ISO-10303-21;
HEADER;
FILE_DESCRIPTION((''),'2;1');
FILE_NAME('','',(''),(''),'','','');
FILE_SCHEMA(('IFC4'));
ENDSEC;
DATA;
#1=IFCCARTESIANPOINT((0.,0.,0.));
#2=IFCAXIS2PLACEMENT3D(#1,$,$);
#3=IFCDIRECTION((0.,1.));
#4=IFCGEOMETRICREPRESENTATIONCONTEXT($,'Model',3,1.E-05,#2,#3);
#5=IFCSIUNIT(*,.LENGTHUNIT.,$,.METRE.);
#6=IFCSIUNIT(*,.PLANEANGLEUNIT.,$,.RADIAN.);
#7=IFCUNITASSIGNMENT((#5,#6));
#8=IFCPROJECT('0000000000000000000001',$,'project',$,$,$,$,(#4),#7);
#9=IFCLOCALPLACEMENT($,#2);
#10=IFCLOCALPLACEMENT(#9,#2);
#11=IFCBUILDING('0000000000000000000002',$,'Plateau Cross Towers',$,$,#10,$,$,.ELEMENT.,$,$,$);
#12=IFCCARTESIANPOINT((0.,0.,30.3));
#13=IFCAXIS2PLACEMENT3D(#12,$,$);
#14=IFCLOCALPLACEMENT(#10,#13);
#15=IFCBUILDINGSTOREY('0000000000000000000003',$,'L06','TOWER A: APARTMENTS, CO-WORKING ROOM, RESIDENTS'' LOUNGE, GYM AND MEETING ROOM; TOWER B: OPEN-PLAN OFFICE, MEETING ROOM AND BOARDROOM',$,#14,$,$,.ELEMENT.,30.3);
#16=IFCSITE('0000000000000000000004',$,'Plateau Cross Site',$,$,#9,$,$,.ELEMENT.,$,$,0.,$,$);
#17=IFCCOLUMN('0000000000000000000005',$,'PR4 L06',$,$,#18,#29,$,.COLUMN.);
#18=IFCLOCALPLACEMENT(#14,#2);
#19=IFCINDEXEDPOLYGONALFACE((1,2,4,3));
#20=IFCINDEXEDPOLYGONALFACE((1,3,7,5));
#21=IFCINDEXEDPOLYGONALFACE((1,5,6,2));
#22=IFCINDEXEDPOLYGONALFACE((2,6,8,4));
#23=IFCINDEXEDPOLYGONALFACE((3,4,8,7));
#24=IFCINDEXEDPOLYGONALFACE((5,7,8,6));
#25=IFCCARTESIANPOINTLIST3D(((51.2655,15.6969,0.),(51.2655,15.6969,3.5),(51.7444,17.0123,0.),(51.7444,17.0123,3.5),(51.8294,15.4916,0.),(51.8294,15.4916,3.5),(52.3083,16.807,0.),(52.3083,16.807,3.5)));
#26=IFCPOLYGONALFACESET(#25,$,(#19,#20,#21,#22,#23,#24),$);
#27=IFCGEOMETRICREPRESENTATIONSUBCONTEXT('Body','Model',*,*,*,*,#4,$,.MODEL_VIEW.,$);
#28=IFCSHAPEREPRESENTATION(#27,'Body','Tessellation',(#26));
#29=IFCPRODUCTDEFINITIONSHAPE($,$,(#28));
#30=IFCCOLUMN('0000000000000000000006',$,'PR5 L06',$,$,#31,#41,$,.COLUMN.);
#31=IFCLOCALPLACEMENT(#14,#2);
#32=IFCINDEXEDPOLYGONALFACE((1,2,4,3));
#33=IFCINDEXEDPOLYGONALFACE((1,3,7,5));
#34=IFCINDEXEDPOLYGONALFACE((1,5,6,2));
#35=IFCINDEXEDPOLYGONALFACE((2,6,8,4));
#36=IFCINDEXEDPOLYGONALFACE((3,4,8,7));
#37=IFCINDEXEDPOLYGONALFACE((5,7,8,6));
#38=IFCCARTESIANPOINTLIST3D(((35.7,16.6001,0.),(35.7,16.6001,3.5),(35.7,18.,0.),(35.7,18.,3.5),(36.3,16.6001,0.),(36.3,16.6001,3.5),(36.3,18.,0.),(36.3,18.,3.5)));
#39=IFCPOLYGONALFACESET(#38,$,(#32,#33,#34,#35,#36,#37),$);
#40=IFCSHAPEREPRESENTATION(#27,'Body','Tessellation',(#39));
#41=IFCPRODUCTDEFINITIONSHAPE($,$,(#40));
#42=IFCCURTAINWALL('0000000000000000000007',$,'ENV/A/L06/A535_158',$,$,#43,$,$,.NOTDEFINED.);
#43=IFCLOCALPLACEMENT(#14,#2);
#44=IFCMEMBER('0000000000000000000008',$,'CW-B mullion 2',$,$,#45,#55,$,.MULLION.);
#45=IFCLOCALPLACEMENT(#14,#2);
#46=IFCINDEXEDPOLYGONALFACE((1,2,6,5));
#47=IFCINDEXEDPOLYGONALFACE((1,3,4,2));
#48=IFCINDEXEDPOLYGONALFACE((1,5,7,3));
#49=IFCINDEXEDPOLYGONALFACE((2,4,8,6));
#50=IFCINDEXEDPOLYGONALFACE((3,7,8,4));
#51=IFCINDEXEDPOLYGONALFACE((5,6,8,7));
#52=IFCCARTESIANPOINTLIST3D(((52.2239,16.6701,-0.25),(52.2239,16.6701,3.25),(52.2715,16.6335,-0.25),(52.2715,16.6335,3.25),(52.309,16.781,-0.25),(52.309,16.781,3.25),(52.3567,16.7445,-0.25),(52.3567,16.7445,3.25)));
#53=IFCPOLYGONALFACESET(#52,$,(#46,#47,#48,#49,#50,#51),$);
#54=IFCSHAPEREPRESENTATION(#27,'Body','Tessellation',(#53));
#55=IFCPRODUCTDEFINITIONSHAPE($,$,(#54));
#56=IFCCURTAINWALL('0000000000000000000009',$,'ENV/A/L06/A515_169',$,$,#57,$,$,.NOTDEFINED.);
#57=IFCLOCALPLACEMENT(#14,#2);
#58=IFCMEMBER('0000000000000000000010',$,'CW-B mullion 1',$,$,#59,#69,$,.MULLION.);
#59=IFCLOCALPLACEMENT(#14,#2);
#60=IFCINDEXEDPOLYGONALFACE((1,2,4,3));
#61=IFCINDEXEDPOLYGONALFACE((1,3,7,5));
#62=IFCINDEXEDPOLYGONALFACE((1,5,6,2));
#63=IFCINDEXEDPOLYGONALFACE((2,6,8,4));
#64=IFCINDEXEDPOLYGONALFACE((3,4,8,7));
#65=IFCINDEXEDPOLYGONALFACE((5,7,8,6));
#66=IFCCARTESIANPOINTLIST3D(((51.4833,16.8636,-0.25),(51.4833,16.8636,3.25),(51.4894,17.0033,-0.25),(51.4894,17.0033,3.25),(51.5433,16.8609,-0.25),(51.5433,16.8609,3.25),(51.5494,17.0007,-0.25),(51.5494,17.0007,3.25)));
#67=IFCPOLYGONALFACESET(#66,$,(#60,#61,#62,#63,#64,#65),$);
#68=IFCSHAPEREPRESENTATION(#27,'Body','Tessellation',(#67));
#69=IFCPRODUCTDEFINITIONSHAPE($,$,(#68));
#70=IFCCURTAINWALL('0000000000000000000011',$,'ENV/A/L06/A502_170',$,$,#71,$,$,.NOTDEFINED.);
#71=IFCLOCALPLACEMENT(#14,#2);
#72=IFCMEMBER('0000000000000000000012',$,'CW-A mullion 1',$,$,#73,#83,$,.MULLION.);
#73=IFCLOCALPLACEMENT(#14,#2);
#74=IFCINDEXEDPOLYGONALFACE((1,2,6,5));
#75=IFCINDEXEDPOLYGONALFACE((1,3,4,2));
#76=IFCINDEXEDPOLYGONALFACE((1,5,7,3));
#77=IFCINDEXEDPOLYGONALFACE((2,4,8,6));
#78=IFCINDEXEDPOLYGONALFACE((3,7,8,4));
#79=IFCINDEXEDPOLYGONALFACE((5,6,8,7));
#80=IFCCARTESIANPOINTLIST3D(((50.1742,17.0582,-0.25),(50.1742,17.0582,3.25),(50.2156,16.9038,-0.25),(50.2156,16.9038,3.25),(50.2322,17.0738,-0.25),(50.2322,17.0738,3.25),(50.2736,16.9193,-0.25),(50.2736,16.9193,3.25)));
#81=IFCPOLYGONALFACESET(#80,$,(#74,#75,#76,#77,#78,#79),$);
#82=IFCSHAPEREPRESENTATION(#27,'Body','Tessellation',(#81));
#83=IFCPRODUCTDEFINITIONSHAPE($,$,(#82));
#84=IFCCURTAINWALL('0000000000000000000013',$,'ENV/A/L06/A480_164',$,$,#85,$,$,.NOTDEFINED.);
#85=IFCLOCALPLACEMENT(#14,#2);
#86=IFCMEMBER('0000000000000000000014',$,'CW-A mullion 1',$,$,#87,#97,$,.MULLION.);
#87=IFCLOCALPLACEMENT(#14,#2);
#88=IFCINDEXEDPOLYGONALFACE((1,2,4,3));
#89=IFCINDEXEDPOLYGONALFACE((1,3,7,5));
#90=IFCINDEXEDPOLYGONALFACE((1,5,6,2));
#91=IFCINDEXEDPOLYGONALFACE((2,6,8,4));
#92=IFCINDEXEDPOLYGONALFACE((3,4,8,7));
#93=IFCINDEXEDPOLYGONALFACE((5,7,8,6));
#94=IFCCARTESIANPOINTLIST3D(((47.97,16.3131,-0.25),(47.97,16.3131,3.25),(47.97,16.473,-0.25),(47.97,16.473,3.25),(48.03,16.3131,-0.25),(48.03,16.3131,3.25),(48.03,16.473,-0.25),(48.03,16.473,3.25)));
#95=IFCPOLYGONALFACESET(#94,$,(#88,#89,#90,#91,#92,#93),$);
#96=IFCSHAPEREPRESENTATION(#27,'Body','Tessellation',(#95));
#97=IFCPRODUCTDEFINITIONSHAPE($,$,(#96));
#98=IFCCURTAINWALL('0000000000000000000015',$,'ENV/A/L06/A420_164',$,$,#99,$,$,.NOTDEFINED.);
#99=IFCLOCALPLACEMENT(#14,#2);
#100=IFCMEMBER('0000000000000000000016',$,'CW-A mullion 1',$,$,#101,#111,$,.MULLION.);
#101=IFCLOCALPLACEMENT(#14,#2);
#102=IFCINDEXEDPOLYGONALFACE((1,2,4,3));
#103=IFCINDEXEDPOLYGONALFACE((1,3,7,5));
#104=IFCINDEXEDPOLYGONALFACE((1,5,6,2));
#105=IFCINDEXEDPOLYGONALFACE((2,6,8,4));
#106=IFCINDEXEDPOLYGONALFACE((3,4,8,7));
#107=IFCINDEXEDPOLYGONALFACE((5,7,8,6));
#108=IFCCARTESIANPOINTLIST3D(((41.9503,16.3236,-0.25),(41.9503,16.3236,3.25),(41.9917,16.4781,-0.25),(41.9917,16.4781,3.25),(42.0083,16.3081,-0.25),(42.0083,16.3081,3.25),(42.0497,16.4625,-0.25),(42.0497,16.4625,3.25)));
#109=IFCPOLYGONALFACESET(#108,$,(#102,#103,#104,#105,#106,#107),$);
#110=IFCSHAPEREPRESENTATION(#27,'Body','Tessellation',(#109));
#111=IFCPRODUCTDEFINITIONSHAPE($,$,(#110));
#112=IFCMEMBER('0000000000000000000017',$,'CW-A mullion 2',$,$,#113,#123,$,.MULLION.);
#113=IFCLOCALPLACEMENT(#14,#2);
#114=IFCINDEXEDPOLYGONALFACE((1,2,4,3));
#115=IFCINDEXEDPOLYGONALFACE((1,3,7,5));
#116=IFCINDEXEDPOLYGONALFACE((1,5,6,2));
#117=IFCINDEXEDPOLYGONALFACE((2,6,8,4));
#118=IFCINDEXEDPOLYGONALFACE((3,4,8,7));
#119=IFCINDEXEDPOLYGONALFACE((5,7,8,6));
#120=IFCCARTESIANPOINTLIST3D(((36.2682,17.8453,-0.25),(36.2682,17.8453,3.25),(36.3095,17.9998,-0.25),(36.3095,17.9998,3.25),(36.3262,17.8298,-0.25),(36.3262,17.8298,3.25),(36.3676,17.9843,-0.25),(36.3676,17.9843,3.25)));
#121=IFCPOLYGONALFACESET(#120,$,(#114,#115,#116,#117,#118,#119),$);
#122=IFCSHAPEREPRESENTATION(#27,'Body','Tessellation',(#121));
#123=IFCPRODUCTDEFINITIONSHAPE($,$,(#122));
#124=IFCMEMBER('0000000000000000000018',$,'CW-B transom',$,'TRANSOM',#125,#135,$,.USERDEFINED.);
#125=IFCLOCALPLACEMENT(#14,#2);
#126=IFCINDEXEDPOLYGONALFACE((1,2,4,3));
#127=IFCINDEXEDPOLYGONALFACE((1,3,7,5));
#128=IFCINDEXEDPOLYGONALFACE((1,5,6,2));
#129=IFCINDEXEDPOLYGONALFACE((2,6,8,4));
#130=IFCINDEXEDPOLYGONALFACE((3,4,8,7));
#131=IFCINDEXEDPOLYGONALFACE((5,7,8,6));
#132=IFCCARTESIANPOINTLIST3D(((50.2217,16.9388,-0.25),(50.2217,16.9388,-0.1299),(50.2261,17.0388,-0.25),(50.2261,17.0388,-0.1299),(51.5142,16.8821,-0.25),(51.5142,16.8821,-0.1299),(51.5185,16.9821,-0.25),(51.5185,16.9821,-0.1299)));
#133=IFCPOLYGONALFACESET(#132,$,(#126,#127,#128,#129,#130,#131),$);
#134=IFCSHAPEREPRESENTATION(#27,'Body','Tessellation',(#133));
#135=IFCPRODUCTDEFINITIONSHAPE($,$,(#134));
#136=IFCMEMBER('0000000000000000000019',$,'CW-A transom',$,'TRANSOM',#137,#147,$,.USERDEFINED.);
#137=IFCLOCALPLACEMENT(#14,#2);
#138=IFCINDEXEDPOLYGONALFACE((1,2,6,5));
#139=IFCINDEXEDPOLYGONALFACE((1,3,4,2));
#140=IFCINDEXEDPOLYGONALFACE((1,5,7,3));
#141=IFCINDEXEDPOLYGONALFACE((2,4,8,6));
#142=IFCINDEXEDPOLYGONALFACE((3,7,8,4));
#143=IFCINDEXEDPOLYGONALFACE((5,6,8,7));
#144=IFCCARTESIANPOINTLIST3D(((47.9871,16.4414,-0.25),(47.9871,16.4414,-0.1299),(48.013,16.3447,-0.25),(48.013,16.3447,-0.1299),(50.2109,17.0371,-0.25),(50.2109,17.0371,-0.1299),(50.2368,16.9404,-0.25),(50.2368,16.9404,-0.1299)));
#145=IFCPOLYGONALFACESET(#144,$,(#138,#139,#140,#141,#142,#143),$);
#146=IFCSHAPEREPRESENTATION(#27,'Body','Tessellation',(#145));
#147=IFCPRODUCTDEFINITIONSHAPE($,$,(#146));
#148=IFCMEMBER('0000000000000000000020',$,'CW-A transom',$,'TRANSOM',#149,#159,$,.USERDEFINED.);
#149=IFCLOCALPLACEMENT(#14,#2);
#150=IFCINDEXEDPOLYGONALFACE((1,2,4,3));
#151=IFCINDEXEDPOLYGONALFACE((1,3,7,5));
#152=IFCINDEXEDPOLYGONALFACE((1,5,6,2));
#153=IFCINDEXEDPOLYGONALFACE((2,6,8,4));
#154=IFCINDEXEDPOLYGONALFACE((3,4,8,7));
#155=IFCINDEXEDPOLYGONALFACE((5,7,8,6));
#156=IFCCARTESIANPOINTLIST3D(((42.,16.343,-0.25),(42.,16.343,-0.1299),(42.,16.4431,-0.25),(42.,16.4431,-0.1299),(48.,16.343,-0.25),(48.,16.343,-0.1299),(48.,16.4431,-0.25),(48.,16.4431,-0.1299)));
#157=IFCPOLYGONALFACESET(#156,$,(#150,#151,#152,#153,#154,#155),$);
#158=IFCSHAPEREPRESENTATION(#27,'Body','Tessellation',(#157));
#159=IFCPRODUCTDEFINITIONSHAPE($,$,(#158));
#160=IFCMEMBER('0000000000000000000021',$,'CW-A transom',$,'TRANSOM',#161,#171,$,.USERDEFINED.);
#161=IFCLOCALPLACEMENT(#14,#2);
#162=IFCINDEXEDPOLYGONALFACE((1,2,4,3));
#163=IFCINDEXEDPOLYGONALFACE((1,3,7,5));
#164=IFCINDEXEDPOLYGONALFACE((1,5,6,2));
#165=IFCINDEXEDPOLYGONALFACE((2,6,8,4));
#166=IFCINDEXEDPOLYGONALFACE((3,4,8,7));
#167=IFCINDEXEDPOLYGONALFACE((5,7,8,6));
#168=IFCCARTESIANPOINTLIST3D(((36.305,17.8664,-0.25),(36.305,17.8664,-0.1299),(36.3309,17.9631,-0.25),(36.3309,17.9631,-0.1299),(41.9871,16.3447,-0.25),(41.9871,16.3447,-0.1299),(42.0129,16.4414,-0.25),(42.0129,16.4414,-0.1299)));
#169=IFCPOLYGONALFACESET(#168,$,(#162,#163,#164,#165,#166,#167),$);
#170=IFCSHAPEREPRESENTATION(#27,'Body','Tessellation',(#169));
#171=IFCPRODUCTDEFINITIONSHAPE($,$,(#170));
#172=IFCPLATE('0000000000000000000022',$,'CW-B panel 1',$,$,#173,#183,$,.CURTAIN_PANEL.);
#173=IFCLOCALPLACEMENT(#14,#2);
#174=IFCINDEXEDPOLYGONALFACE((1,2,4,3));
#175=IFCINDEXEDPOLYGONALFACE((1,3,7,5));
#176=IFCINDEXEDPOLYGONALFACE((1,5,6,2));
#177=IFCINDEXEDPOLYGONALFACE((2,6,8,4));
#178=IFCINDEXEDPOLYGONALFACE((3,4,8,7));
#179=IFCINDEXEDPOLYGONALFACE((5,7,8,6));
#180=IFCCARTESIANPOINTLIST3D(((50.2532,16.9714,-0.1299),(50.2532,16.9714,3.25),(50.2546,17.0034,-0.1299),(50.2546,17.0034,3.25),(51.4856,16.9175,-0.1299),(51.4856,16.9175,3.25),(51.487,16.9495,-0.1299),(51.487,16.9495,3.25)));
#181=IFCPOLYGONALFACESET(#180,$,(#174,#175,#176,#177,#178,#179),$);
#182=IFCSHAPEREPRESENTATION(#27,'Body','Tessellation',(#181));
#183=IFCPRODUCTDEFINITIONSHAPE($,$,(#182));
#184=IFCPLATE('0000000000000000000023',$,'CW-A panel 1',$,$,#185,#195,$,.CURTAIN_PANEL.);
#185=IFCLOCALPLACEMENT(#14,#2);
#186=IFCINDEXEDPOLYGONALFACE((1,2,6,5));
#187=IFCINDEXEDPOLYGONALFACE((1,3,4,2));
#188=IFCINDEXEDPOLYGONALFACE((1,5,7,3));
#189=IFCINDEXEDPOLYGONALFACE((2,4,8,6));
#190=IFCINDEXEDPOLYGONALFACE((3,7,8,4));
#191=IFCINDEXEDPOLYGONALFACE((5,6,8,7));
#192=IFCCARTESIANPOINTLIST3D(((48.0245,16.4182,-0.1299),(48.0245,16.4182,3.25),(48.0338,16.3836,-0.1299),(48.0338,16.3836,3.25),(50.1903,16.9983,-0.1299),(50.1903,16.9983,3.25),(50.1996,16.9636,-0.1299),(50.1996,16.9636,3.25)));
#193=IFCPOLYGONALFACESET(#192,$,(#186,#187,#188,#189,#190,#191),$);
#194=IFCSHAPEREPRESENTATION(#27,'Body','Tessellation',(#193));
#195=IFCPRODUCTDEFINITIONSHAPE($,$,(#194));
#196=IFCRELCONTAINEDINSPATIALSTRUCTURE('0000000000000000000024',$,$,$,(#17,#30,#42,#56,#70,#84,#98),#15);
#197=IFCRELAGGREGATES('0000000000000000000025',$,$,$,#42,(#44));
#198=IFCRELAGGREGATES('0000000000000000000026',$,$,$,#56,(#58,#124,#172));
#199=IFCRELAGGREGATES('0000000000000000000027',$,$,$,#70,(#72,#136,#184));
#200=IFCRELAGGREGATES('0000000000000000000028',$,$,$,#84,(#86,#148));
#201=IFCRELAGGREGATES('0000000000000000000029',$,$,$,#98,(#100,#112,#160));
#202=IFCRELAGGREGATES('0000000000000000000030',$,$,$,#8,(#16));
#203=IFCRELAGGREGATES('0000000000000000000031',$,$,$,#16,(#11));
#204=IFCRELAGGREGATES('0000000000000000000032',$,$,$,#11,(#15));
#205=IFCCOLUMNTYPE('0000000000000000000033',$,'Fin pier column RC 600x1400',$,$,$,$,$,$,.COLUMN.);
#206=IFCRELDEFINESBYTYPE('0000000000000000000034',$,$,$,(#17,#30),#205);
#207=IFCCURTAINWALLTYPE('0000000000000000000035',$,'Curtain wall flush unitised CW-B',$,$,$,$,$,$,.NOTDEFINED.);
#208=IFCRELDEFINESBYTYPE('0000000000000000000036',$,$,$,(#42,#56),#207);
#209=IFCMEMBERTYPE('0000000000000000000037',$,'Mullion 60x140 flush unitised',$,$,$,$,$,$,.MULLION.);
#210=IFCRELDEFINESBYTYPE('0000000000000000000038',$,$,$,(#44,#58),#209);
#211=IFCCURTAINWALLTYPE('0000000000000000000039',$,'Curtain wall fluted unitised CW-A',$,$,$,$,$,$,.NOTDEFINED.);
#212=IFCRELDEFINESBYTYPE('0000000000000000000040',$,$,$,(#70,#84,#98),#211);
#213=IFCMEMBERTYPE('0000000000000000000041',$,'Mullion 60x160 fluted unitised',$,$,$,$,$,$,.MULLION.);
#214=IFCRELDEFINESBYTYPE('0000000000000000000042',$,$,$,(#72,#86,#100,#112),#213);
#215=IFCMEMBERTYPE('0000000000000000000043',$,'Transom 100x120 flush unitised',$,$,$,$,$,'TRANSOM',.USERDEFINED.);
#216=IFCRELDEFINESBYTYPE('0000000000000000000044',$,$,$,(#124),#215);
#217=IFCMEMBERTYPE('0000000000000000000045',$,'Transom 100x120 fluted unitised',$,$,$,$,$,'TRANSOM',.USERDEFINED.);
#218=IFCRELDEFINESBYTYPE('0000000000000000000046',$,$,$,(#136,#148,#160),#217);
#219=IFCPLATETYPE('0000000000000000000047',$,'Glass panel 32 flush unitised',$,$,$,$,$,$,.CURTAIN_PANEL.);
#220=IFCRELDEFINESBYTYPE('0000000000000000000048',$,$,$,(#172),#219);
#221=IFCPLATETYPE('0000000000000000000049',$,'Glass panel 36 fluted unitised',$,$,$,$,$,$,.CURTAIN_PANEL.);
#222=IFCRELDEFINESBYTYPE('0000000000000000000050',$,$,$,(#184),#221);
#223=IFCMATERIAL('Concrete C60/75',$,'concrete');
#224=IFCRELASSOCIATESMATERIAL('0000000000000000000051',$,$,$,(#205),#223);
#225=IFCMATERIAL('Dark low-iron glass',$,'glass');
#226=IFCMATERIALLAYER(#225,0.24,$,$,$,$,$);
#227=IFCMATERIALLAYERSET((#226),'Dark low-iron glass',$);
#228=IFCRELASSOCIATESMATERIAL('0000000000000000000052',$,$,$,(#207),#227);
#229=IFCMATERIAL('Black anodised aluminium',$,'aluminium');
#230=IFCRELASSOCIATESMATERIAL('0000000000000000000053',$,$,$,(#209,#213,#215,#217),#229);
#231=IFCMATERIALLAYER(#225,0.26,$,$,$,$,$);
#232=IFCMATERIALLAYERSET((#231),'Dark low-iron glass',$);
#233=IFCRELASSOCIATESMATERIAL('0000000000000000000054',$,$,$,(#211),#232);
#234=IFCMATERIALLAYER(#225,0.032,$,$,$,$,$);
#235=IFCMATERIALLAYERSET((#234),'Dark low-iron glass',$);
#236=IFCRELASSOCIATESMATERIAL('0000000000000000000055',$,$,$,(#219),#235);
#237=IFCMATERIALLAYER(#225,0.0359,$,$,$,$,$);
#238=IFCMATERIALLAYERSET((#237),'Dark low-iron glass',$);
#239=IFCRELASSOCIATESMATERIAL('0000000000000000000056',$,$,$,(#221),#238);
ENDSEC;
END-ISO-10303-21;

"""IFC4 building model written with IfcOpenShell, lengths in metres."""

from ifc_helpers import new_model, si_unit, direction, frame, origin, origin_2d, place, context, subcontext, project, spatial, rectangle, extrude, material, layer, layer_set, material_profile, profile_set, type_object, element, aggregate, save


model = new_model("IFC4")

# Units and contexts
model_context = context("Model", 3, precision=1e-05, world=origin(), true_north=direction((0.0, 1.0)))
body_context = subcontext(model_context, "Body", "Model", "MODEL_VIEW")
ifc_project = project(units=[si_unit("LENGTHUNIT", "METRE"), si_unit("PLANEANGLEUNIT", "RADIAN")], contexts=[model_context])

# Site, building, storey
site_placement = place(None, origin())
site = spatial("IfcSite", under=ifc_project, at=site_placement, Name="Plateau Cross Site", CompositionType="ELEMENT", RefElevation=0.0)
building_placement = place(site_placement, origin())
building = spatial("IfcBuilding", under=site, at=building_placement, Name="Plateau Cross Towers", CompositionType="ELEMENT")
storey_placement = place(building_placement, frame((0.0, 0.0, 30.3)))
storey = spatial("IfcBuildingStorey", under=building, at=storey_placement, Name="L06", Description="TOWER A: APARTMENTS, CO-WORKING ROOM, RESIDENTS' LOUNGE, GYM AND MEETING ROOM; TOWER B: OPEN-PLAN OFFICE, MEETING ROOM AND BOARDROOM", CompositionType="ELEMENT", Elevation=30.3)

# Columns
ifc_material_1 = material(Name="Concrete C60/75", Category="concrete")
ifc_material_profile_1 = material_profile(ifc_material_1, rectangle(XDim=0.6001, YDim=1.3999, at=origin_2d()), Name="RC 600x1400")
ifc_profile_set_1 = profile_set([ifc_material_profile_1], Name="Concrete C60/75")
column_type = type_object("IfcColumnType", Name="Fin pier column RC 600x1400", PredefinedType="COLUMN", material=ifc_profile_set_1)
for number, where, z_axis, x_axis, name in (
    (1, (51.7869, 16.252, 0.0), (0.0, 0.0, 1.0), (-0.939664, 0.342098, 0.0), "PR4 L06"),
    (2, (36.0, 17.3, 0.0), (0.0, 0.0, 1.0), (1.0, 0.0, 0.0), "PR5 L06"),
):
    element("IfcColumn", number, at=place(storey_placement, frame(where, z_axis=z_axis, x_axis=x_axis)), inside=storey, type_object=column_type, Name=name, PredefinedType="COLUMN", context=body_context, shape_type="SweptSolid", body=[
        extrude(rectangle(XDim=0.6001, YDim=1.3999, at=origin_2d()), origin(), (0.0, 0.0, 1.0), 3.5),
    ])

# Curtain walls, members
ifc_material_2 = material(Name="Dark low-iron glass", Category="glass")
ifc_layer_1 = layer(ifc_material_2, 0.24)
ifc_layer_set_1 = layer_set([ifc_layer_1], Name="Dark low-iron glass")
curtain_wall_type_1 = type_object("IfcCurtainWallType", Name="Curtain wall flush unitised CW-B", PredefinedType="NOTDEFINED", material=ifc_layer_set_1)
curtain_wall_1_placement = place(storey_placement, origin())
curtain_wall_1 = element("IfcCurtainWall", 3, at=curtain_wall_1_placement, inside=storey, type_object=curtain_wall_type_1, Name="ENV/A/L06/A535_158", PredefinedType="NOTDEFINED")
ifc_material_3 = material(Name="Black anodised aluminium", Category="aluminium")
ifc_material_profile_2 = material_profile(ifc_material_3, rectangle(XDim=0.0601, YDim=0.1399, at=origin_2d()), Name="MULLION 60x140")
ifc_profile_set_2 = profile_set([ifc_material_profile_2], Name="Black anodised aluminium")
member_type_1 = type_object("IfcMemberType", Name="Mullion 60x140 flush unitised", PredefinedType="MULLION", material=ifc_profile_set_2)
member_1_placement = place(storey_placement, frame((52.2903, 16.7073, -0.25), z_axis=(0.0, 0.0, 1.0), x_axis=(-0.793316, 0.608811, 0.0)))
member_1 = element("IfcMember", 4, at=member_1_placement, type_object=member_type_1, Name="CW-B mullion 2", PredefinedType="MULLION", context=body_context, shape_type="SweptSolid", body=[
    extrude(rectangle(XDim=0.0601, YDim=0.1399, at=origin_2d()), origin(), (0.0, 0.0, 1.0), 3.5),
])
aggregate(curtain_wall_1, [member_1])
curtain_wall_2_placement = place(storey_placement, origin())
curtain_wall_2 = element("IfcCurtainWall", 5, at=curtain_wall_2_placement, inside=storey, type_object=curtain_wall_type_1, Name="ENV/A/L06/A515_169", PredefinedType="NOTDEFINED")
member_2_placement = place(storey_placement, frame((51.5164, 16.9321, -0.25), z_axis=(0.0, 0.0, 1.0), x_axis=(-0.999044, 0.043723, 0.0)))
member_2 = element("IfcMember", 6, at=member_2_placement, type_object=member_type_1, Name="CW-B mullion 1", PredefinedType="MULLION", context=body_context, shape_type="SweptSolid", body=[
    extrude(rectangle(XDim=0.0601, YDim=0.1399, at=origin_2d()), origin(), (0.0, 0.0, 1.0), 3.5),
])
ifc_layer_2 = layer(ifc_material_2, 0.26)
ifc_layer_set_2 = layer_set([ifc_layer_2], Name="Dark low-iron glass")
curtain_wall_type_2 = type_object("IfcCurtainWallType", Name="Curtain wall fluted unitised CW-A", PredefinedType="NOTDEFINED", material=ifc_layer_set_2)
curtain_wall_3_placement = place(storey_placement, origin())
curtain_wall_3 = element("IfcCurtainWall", 7, at=curtain_wall_3_placement, inside=storey, type_object=curtain_wall_type_2, Name="ENV/A/L06/A502_170", PredefinedType="NOTDEFINED")
ifc_material_profile_3 = material_profile(ifc_material_3, rectangle(XDim=0.0601, YDim=0.1599, at=origin_2d()), Name="MULLION 60x160")
ifc_profile_set_3 = profile_set([ifc_material_profile_3], Name="Black anodised aluminium")
member_type_2 = type_object("IfcMemberType", Name="Mullion 60x160 fluted unitised", PredefinedType="MULLION", material=ifc_profile_set_3)
member_3_placement = place(storey_placement, frame((50.2239, 16.9888, -0.25), z_axis=(0.0, 0.0, 1.0), x_axis=(-0.965958, -0.258699, 0.0)))
member_3 = element("IfcMember", 8, at=member_3_placement, type_object=member_type_2, Name="CW-A mullion 1", PredefinedType="MULLION", context=body_context, shape_type="SweptSolid", body=[
    extrude(rectangle(XDim=0.0601, YDim=0.1599, at=origin_2d()), origin(), (0.0, 0.0, 1.0), 3.5),
])
curtain_wall_4_placement = place(storey_placement, origin())
curtain_wall_4 = element("IfcCurtainWall", 9, at=curtain_wall_4_placement, inside=storey, type_object=curtain_wall_type_2, Name="ENV/A/L06/A480_164", PredefinedType="NOTDEFINED")
member_4_placement = place(storey_placement, frame((48.0, 16.3931, -0.25), z_axis=(0.0, 0.0, 1.0), x_axis=(-1.0, 0.0, 0.0)))
member_4 = element("IfcMember", 10, at=member_4_placement, type_object=member_type_2, Name="CW-A mullion 1", PredefinedType="MULLION", context=body_context, shape_type="SweptSolid", body=[
    extrude(rectangle(XDim=0.0601, YDim=0.1599, at=origin_2d()), origin(), (0.0, 0.0, 1.0), 3.5),
])

# Curtain wall, members
curtain_wall_5_placement = place(storey_placement, origin())
curtain_wall_5 = element("IfcCurtainWall", 11, at=curtain_wall_5_placement, inside=storey, type_object=curtain_wall_type_2, Name="ENV/A/L06/A420_164", PredefinedType="NOTDEFINED")
member_5_placement = place(storey_placement, frame((42.0, 16.3931, -0.25), z_axis=(0.0, 0.0, 1.0), x_axis=(-0.965958, 0.258699, 0.0)))
member_5 = element("IfcMember", 12, at=member_5_placement, type_object=member_type_2, Name="CW-A mullion 1", PredefinedType="MULLION", context=body_context, shape_type="SweptSolid", body=[
    extrude(rectangle(XDim=0.0601, YDim=0.1599, at=origin_2d()), origin(), (0.0, 0.0, 1.0), 3.5),
])
member_6_placement = place(storey_placement, frame((36.3179, 17.9148, -0.25), z_axis=(0.0, 0.0, 1.0), x_axis=(-0.965958, 0.258699, 0.0)))
member_6 = element("IfcMember", 13, at=member_6_placement, type_object=member_type_2, Name="CW-A mullion 2", PredefinedType="MULLION", context=body_context, shape_type="SweptSolid", body=[
    extrude(rectangle(XDim=0.0601, YDim=0.1599, at=origin_2d()), origin(), (0.0, 0.0, 1.0), 3.5),
])

# Members
ifc_material_profile_4 = material_profile(ifc_material_3, rectangle(XDim=0.1001, YDim=0.1201, at=origin_2d()), Name="TRANSOM 100x120")
ifc_profile_set_4 = profile_set([ifc_material_profile_4], Name="Black anodised aluminium")
member_type_3 = type_object("IfcMemberType", Name="Transom 100x120 flush unitised", ElementType="TRANSOM", PredefinedType="USERDEFINED", material=ifc_profile_set_4)
member_7_placement = place(storey_placement, frame((51.5164, 16.9321, -0.1899), z_axis=(-0.999041, 0.043781, 0.0), x_axis=(-0.043781, -0.999041, 0.0)))
member_7 = element("IfcMember", 14, at=member_7_placement, type_object=member_type_3, Name="CW-B transom", ObjectType="TRANSOM", PredefinedType="USERDEFINED", context=body_context, shape_type="SweptSolid", body=[
    extrude(rectangle(XDim=0.1001, YDim=0.1201, at=origin_2d()), origin(), (0.0, 0.0, 1.0), 1.2937),
])
ifc_material_profile_5 = material_profile(ifc_material_3, rectangle(XDim=0.1001, YDim=0.1201, at=origin_2d()), Name="TRANSOM 100x120")
ifc_profile_set_5 = profile_set([ifc_material_profile_5], Name="Black anodised aluminium")
member_type_4 = type_object("IfcMemberType", Name="Transom 100x120 fluted unitised", ElementType="TRANSOM", PredefinedType="USERDEFINED", material=ifc_profile_set_5)
member_8_placement = place(storey_placement, frame((50.2239, 16.9888, -0.1899), z_axis=(-0.965946, -0.258745, 0.0), x_axis=(0.258745, -0.965946, 0.0)))
member_8 = element("IfcMember", 15, at=member_8_placement, type_object=member_type_4, Name="CW-A transom", ObjectType="TRANSOM", PredefinedType="USERDEFINED", context=body_context, shape_type="SweptSolid", body=[
    extrude(rectangle(XDim=0.1001, YDim=0.1201, at=origin_2d()), origin(), (0.0, 0.0, 1.0), 2.3022),
])
member_9_placement = place(storey_placement, frame((48.0, 16.3931, -0.1899), z_axis=(-1.0, 0.0, 0.0), x_axis=(0.0, -1.0, 0.0)))
member_9 = element("IfcMember", 16, at=member_9_placement, type_object=member_type_4, Name="CW-A transom", ObjectType="TRANSOM", PredefinedType="USERDEFINED", context=body_context, shape_type="SweptSolid", body=[
    extrude(rectangle(XDim=0.1001, YDim=0.1201, at=origin_2d()), origin(), (0.0, 0.0, 1.0), 6.0),
])
member_10_placement = place(storey_placement, frame((42.0, 16.3931, -0.1899), z_axis=(-0.96596, 0.258693, 0.0), x_axis=(-0.258693, -0.96596, 0.0)))
member_10 = element("IfcMember", 17, at=member_10_placement, type_object=member_type_4, Name="CW-A transom", ObjectType="TRANSOM", PredefinedType="USERDEFINED", context=body_context, shape_type="SweptSolid", body=[
    extrude(rectangle(XDim=0.1001, YDim=0.1201, at=origin_2d()), origin(), (0.0, 0.0, 1.0), 5.8823),
])

# Plates
ifc_layer_3 = layer(ifc_material_2, 0.032)
ifc_layer_set_3 = layer_set([ifc_layer_3], Name="Dark low-iron glass")
plate_type_1 = type_object("IfcPlateType", Name="Glass panel 32 flush unitised", PredefinedType="CURTAIN_PANEL", material=ifc_layer_set_3)
plate_1_placement = place(storey_placement, frame((50.8701, 16.9604, -0.1299), z_axis=(0.0, 0.0, 1.0), x_axis=(-0.999044, 0.043723, 0.0)))
plate_1 = element("IfcPlate", 18, at=plate_1_placement, type_object=plate_type_1, Name="CW-B panel 1", PredefinedType="CURTAIN_PANEL", context=body_context, shape_type="SweptSolid", body=[
    extrude(rectangle(XDim=1.2336, YDim=0.032, at=origin_2d()), origin(), (0.0, 0.0, 1.0), 3.3799),
])
aggregate(curtain_wall_2, [member_2, member_7, plate_1])
ifc_layer_4 = layer(ifc_material_2, 0.0359)
ifc_layer_set_4 = layer_set([ifc_layer_4], Name="Dark low-iron glass")
plate_type_2 = type_object("IfcPlateType", Name="Glass panel 36 fluted unitised", PredefinedType="CURTAIN_PANEL", material=ifc_layer_set_4)
plate_2_placement = place(storey_placement, frame((49.1121, 16.6909, -0.1299), z_axis=(0.0, 0.0, 1.0), x_axis=(-0.965958, -0.258699, 0.0)))
plate_2 = element("IfcPlate", 19, at=plate_2_placement, type_object=plate_type_2, Name="CW-A panel 1", PredefinedType="CURTAIN_PANEL", context=body_context, shape_type="SweptSolid", body=[
    extrude(rectangle(XDim=2.2422, YDim=0.0359, at=origin_2d()), origin(), (0.0, 0.0, 1.0), 3.3799),
])
aggregate(curtain_wall_3, [member_3, member_8, plate_2])
aggregate(curtain_wall_4, [member_4, member_9])
aggregate(curtain_wall_5, [member_5, member_6, member_10])

save(model, "model.ifc")
